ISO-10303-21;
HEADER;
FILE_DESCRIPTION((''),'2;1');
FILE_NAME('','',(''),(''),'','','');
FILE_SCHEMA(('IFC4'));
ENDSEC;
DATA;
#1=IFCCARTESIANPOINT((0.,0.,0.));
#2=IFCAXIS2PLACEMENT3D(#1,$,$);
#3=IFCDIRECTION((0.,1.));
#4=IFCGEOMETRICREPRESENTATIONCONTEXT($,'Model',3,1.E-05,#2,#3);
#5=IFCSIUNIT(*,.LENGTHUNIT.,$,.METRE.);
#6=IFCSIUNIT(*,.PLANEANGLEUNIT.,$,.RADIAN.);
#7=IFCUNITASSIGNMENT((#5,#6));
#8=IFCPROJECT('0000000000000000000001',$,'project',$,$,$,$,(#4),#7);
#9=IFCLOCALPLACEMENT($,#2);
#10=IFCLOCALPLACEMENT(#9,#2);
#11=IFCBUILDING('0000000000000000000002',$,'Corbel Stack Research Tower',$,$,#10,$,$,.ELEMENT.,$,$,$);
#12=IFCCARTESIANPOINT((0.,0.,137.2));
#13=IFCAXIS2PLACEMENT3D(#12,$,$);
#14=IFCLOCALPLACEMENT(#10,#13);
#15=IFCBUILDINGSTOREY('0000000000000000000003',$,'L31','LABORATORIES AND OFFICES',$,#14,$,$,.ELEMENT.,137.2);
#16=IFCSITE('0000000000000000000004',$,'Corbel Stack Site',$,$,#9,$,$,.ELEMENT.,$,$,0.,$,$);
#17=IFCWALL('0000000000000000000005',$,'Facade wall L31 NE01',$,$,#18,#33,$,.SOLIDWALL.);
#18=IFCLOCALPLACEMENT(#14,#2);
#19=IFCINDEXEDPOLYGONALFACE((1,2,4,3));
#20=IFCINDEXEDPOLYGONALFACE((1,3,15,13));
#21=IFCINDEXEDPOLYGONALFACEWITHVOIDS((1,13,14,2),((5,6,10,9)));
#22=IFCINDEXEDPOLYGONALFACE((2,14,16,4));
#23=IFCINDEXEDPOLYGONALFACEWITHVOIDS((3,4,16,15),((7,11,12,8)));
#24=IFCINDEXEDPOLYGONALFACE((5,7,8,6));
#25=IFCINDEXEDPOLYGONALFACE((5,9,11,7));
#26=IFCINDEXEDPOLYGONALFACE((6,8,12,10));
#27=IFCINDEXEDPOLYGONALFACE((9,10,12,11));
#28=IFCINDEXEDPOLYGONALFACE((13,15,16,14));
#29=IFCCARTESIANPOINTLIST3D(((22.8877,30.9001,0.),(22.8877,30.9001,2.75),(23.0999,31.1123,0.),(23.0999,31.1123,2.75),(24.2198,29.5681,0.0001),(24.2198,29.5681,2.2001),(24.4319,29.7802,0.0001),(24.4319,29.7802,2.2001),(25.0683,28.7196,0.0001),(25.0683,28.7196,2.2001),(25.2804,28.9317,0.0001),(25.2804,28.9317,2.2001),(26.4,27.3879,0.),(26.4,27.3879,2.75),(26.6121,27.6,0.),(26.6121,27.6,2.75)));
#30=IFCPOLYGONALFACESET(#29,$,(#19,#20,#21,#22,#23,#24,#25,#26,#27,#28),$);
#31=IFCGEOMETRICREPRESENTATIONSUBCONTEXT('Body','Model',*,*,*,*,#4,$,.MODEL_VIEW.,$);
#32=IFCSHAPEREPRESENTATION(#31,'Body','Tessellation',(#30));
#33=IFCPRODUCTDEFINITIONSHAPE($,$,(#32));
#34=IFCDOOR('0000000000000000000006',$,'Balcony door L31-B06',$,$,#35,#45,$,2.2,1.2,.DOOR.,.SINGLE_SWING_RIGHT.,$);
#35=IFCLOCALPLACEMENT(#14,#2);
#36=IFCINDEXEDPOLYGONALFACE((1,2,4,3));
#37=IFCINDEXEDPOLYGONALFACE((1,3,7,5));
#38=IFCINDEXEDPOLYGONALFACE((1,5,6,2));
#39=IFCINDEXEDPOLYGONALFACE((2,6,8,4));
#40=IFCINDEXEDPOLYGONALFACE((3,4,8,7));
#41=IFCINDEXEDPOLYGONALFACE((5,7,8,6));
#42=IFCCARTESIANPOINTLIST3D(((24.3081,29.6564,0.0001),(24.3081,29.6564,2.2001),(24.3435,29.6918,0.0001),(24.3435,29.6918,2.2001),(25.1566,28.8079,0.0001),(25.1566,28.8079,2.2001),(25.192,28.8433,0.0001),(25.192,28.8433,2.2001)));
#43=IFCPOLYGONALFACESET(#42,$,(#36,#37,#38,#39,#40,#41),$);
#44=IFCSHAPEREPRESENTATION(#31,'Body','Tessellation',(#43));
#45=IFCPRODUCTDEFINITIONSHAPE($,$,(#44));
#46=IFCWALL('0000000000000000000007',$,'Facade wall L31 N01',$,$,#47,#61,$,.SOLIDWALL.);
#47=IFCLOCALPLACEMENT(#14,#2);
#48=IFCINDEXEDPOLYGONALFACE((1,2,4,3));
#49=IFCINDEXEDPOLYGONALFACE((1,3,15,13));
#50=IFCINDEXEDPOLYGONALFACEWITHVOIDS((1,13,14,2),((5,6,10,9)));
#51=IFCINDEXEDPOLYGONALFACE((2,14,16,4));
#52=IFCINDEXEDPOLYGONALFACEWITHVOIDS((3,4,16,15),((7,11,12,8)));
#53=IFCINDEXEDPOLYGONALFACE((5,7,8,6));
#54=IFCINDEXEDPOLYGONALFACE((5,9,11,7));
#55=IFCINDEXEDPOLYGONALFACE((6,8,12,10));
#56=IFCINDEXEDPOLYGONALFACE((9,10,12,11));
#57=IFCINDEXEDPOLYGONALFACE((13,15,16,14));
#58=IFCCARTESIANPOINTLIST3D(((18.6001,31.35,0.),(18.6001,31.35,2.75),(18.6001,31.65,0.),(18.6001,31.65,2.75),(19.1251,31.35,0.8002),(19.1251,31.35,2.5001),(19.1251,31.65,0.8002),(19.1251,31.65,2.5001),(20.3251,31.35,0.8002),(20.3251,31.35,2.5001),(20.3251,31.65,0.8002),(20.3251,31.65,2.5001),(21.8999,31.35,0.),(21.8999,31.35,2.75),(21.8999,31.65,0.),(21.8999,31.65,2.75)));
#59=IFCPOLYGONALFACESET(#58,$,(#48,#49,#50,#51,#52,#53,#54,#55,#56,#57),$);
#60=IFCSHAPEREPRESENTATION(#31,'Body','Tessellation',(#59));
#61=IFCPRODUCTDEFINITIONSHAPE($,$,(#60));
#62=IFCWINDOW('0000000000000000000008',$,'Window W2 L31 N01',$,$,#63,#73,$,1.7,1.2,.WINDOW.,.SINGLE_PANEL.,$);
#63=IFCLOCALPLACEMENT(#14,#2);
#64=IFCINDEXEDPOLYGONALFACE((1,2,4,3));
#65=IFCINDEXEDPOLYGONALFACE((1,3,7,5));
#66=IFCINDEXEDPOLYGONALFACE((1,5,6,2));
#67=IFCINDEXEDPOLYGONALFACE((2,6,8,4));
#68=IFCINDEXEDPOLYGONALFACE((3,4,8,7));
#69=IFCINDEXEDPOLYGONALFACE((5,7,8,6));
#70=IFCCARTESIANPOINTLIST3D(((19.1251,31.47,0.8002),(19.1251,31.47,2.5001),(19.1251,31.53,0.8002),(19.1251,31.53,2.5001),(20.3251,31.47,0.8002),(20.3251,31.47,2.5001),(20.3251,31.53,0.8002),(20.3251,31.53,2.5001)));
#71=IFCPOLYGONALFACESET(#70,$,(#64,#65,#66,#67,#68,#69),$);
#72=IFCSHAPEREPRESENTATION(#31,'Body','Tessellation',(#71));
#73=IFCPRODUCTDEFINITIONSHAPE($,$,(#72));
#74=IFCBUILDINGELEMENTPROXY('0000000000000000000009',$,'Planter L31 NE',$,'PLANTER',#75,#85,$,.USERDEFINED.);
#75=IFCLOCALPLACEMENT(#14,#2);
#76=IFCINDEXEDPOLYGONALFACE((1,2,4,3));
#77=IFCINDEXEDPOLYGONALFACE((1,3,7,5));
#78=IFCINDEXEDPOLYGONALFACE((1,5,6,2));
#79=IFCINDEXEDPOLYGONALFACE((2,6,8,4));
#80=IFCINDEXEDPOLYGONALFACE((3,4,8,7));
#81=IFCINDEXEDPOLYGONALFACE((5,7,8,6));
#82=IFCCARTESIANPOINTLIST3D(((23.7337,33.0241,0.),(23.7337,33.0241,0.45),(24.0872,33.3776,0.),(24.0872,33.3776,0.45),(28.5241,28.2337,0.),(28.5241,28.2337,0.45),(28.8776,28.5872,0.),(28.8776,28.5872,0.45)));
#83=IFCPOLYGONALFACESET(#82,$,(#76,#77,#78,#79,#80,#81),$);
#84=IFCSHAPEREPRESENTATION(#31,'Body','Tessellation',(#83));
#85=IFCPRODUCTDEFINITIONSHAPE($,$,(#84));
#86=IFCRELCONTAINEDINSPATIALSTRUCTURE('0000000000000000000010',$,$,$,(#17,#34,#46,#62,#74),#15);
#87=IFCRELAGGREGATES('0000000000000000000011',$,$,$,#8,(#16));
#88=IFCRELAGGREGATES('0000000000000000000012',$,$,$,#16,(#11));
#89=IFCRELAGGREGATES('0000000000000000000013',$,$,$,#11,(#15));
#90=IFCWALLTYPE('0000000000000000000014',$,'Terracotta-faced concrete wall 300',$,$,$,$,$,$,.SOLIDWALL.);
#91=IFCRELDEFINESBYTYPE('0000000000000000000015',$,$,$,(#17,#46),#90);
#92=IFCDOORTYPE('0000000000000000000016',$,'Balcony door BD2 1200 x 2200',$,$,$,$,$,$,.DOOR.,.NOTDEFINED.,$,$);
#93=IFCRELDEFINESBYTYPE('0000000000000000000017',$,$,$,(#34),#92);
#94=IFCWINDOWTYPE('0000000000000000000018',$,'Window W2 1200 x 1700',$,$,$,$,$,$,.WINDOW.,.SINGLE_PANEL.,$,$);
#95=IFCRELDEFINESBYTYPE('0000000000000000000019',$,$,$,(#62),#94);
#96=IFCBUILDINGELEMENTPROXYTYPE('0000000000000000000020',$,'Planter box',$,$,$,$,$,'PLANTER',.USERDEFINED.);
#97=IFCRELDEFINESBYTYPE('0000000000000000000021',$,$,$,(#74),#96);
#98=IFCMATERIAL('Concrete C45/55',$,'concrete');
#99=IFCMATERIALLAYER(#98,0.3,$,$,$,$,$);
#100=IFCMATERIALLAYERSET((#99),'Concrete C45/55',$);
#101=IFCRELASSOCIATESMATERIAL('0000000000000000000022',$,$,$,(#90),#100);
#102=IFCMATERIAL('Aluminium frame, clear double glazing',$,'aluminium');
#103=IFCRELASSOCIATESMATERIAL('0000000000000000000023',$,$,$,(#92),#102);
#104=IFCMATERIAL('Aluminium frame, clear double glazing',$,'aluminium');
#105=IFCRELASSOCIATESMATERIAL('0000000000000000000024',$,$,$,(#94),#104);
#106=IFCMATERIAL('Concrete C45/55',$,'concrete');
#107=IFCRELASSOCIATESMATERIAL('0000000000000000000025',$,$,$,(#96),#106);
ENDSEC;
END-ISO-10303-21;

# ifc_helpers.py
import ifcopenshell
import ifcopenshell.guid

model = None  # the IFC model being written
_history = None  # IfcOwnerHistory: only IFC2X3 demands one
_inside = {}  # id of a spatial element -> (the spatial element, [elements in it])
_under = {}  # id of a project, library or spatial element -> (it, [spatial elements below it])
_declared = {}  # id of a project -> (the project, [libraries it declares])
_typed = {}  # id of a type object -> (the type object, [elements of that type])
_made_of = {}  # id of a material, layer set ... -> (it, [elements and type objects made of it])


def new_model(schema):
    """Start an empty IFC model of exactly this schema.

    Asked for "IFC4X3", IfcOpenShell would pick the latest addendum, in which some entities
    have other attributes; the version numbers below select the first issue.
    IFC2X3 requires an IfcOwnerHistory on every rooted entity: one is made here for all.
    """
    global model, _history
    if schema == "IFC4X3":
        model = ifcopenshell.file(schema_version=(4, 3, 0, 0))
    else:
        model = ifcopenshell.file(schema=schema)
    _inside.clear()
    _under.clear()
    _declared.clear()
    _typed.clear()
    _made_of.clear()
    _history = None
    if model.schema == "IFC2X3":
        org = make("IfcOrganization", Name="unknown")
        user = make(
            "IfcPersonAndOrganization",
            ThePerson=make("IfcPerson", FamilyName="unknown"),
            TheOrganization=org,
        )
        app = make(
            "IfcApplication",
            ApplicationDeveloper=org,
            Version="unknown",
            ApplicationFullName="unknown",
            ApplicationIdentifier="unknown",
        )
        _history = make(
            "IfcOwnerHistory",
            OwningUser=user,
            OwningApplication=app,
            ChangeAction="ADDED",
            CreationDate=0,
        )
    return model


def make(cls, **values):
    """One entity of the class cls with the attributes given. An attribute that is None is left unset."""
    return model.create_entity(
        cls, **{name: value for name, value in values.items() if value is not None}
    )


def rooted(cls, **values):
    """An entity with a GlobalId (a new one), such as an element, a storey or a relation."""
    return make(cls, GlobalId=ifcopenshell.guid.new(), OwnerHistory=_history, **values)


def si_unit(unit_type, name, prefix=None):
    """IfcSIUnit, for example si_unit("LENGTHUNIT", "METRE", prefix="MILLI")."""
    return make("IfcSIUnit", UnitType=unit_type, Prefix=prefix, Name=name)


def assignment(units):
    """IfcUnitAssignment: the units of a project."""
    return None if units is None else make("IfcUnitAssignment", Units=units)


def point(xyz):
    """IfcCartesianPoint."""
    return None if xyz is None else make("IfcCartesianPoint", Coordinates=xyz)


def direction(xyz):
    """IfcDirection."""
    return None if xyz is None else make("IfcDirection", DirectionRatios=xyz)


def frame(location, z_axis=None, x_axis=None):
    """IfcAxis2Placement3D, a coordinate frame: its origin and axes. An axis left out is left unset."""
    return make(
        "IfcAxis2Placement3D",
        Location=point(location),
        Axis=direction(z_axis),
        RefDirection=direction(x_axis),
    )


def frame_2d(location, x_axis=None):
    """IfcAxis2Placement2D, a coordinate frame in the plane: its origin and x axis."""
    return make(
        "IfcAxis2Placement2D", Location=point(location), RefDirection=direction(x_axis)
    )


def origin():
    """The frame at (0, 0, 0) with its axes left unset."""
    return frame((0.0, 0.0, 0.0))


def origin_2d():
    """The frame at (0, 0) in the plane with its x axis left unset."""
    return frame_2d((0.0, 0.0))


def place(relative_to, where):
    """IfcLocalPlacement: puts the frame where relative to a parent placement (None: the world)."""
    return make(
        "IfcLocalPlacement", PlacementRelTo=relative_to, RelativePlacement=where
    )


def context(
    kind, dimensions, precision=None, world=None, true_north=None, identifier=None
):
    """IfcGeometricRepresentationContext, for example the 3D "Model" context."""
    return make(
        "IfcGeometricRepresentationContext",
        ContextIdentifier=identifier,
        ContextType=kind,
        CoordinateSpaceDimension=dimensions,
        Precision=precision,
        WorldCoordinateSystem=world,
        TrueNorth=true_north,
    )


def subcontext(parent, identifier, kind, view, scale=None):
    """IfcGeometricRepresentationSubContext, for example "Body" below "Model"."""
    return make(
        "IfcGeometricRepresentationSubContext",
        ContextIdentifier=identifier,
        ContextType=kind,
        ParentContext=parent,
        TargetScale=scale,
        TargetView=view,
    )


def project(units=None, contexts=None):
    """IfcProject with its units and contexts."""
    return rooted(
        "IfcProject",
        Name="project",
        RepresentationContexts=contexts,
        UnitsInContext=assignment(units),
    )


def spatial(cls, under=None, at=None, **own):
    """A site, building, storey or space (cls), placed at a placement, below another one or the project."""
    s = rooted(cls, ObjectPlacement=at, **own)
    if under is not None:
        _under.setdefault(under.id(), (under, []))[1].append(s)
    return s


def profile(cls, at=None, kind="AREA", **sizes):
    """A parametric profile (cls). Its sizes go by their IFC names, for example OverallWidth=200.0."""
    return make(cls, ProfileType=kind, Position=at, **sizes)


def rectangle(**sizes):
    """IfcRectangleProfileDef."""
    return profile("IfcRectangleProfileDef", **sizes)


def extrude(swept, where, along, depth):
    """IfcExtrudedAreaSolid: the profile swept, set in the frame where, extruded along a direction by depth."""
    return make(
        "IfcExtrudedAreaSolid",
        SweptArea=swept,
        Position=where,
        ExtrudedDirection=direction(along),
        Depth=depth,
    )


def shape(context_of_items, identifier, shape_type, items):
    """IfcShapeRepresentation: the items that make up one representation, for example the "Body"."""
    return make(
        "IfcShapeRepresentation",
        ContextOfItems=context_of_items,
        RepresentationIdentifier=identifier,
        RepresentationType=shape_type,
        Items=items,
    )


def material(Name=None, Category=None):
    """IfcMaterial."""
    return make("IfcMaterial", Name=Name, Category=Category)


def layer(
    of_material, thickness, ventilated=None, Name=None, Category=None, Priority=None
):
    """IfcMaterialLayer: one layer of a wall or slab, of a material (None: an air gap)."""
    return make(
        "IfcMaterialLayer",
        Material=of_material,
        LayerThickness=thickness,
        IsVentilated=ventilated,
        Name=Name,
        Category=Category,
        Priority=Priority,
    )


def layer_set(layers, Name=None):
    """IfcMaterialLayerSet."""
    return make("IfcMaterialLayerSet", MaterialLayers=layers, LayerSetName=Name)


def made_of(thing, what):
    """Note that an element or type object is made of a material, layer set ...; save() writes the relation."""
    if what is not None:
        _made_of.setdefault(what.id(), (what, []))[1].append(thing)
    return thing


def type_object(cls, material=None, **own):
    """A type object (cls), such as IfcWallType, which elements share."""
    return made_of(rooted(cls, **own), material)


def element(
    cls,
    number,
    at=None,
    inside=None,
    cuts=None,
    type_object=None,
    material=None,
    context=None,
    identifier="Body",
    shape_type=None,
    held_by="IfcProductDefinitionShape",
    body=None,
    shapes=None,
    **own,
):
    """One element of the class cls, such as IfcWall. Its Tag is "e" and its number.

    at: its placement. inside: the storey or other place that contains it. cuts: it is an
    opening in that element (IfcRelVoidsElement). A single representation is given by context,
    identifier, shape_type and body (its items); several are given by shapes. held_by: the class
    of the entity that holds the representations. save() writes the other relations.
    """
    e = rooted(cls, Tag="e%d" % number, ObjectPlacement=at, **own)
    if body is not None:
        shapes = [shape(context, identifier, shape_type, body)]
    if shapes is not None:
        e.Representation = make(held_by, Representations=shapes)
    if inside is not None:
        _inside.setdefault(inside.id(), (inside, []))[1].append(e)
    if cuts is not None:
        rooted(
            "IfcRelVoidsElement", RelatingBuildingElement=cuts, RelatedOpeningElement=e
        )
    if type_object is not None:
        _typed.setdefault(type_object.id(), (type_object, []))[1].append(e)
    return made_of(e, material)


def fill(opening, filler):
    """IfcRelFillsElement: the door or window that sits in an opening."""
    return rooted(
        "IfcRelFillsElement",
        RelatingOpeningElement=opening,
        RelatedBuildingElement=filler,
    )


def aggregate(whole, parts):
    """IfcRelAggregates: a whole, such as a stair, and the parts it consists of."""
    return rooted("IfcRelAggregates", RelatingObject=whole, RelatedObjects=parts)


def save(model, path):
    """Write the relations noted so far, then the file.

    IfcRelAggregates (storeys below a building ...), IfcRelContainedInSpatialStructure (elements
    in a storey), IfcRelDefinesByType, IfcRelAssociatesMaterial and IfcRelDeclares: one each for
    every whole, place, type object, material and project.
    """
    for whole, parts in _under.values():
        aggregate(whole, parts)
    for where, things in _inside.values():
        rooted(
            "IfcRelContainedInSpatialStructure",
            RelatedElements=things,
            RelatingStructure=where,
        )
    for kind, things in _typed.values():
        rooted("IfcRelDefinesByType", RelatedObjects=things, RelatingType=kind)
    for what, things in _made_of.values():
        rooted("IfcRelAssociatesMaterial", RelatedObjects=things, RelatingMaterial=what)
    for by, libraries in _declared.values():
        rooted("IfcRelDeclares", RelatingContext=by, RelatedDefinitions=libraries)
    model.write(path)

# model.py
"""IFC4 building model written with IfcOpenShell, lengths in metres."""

from ifc_helpers import new_model, si_unit, direction, frame, frame_2d, origin, origin_2d, place, context, subcontext, project, spatial, rectangle, extrude, material, layer, layer_set, type_object, element, fill, save


model = new_model("IFC4")

# Units and contexts
model_context = context("Model", 3, precision=1e-05, world=origin(), true_north=direction((0.0, 1.0)))
body_context = subcontext(model_context, "Body", "Model", "MODEL_VIEW")
ifc_project = project(units=[si_unit("LENGTHUNIT", "METRE"), si_unit("PLANEANGLEUNIT", "RADIAN")], contexts=[model_context])

# Site, building, storey
site_placement = place(None, origin())
site = spatial("IfcSite", under=ifc_project, at=site_placement, Name="Corbel Stack Site", CompositionType="ELEMENT", RefElevation=0.0)
building_placement = place(site_placement, origin())
building = spatial("IfcBuilding", under=site, at=building_placement, Name="Corbel Stack Research Tower", CompositionType="ELEMENT")
storey_placement = place(building_placement, frame((0.0, 0.0, 137.2)))
storey = spatial("IfcBuildingStorey", under=building, at=storey_placement, Name="L31", Description="LABORATORIES AND OFFICES", CompositionType="ELEMENT", Elevation=137.2)

# Wall, opening, door
ifc_material_1 = material(Name="Concrete C45/55", Category="concrete")
ifc_layer_1 = layer(ifc_material_1, 0.3)
ifc_layer_set_1 = layer_set([ifc_layer_1], Name="Concrete C45/55")
wall_type_1 = type_object("IfcWallType", Name="Terracotta-faced concrete wall 300", PredefinedType="SOLIDWALL", material=ifc_layer_set_1)
wall_1_placement = place(storey_placement, frame((22.9939, 31.0061, 0.0), z_axis=(0.0, 0.0, 1.0), x_axis=(0.707107, -0.707107, 0.0)))
wall_1 = element("IfcWall", 1, at=wall_1_placement, inside=storey, type_object=wall_type_1, Name="Facade wall L31 NE01", PredefinedType="SOLIDWALL", context=body_context, shape_type="SweptSolid", body=[
    extrude(rectangle(XDim=4.967, YDim=0.3, at=frame_2d((2.4834, 0.0))), origin(), (0.0, 0.0, 1.0), 2.75),
])
opening_1_placement = place(wall_1_placement, frame((1.8835, 0.0, 0.0)))
opening_1 = element("IfcOpeningElement", 2, at=opening_1_placement, cuts=wall_1, PredefinedType="OPENING", context=body_context, shape_type="SweptSolid", body=[
    extrude(rectangle(XDim=1.2, YDim=2.2, at=frame_2d((0.6001, 1.1001))), frame((0.0, 0.1599, 0.0), z_axis=(0.0, -1.0, 0.0), x_axis=(1.0, 0.0, 0.0)), (0.0, 0.0, 1.0), 0.3201),
])
ifc_material_2 = material(Name="Aluminium frame, clear double glazing", Category="aluminium")
door_type_1 = type_object("IfcDoorType", Name="Balcony door BD2 1200 x 2200", OperationType="NOTDEFINED", PredefinedType="DOOR", material=ifc_material_2)
door_1_placement = place(opening_1_placement, origin())
door_1 = element("IfcDoor", 3, at=door_1_placement, inside=storey, type_object=door_type_1, Name="Balcony door L31-B06", OperationType="SINGLE_SWING_RIGHT", OverallHeight=2.2, OverallWidth=1.2, PredefinedType="DOOR", context=body_context, shape_type="SweptSolid", body=[
    extrude(rectangle(XDim=1.2, YDim=2.2, at=frame_2d((0.6001, 1.1001))), frame((0.0, 0.0249, 0.0), z_axis=(0.0, -1.0, 0.0), x_axis=(1.0, 0.0, 0.0)), (0.0, 0.0, 1.0), 0.05),
])
fill(opening_1, door_1)

# Wall, opening, window
wall_2_placement = place(storey_placement, frame((18.6001, 31.5, 0.0), z_axis=(0.0, 0.0, 1.0), x_axis=(1.0, 0.0, 0.0)))
wall_2 = element("IfcWall", 4, at=wall_2_placement, inside=storey, type_object=wall_type_1, Name="Facade wall L31 N01", PredefinedType="SOLIDWALL", context=body_context, shape_type="SweptSolid", body=[
    extrude(rectangle(XDim=3.2998, YDim=0.3, at=frame_2d((1.6499, 0.0))), origin(), (0.0, 0.0, 1.0), 2.75),
])
opening_2_placement = place(wall_2_placement, frame((0.5249, 0.0, 0.8)))
opening_2 = element("IfcOpeningElement", 5, at=opening_2_placement, cuts=wall_2, PredefinedType="OPENING", context=body_context, shape_type="SweptSolid", body=[
    extrude(rectangle(XDim=1.2, YDim=1.7, at=frame_2d((0.6001, 0.8501))), frame((0.0, 0.1599, 0.0), z_axis=(0.0, -1.0, 0.0), x_axis=(1.0, 0.0, 0.0)), (0.0, 0.0, 1.0), 0.3201),
])
ifc_material_3 = material(Name="Aluminium frame, clear double glazing", Category="aluminium")
window_type = type_object("IfcWindowType", Name="Window W2 1200 x 1700", PartitioningType="SINGLE_PANEL", PredefinedType="WINDOW", material=ifc_material_3)
window_placement = place(opening_2_placement, origin())
window = element("IfcWindow", 6, at=window_placement, inside=storey, type_object=window_type, Name="Window W2 L31 N01", OverallHeight=1.7, OverallWidth=1.2, PartitioningType="SINGLE_PANEL", PredefinedType="WINDOW", context=body_context, shape_type="SweptSolid", body=[
    extrude(rectangle(XDim=1.2, YDim=1.7, at=frame_2d((0.6001, 0.8501))), frame((0.0, 0.03, 0.0), z_axis=(0.0, -1.0, 0.0), x_axis=(1.0, 0.0, 0.0)), (0.0, 0.0, 1.0), 0.0601),
])
fill(opening_2, window)

# Building element proxy
ifc_material_4 = material(Name="Concrete C45/55", Category="concrete")
building_element_proxy_type = type_object("IfcBuildingElementProxyType", Name="Planter box", ElementType="PLANTER", PredefinedType="USERDEFINED", material=ifc_material_4)
proxy_placement = place(storey_placement, frame((26.3057, 30.8057, 0.0), z_axis=(0.0, 0.0, 1.0), x_axis=(-0.707107, 0.707107, 0.0)))
element("IfcBuildingElementProxy", 7, at=proxy_placement, inside=storey, type_object=building_element_proxy_type, Name="Planter L31 NE", ObjectType="PLANTER", PredefinedType="USERDEFINED", context=body_context, shape_type="SweptSolid", body=[
    extrude(rectangle(XDim=6.7747, YDim=0.5, at=origin_2d()), origin(), (0.0, 0.0, 1.0), 0.45),
])

save(model, "model.ifc")
